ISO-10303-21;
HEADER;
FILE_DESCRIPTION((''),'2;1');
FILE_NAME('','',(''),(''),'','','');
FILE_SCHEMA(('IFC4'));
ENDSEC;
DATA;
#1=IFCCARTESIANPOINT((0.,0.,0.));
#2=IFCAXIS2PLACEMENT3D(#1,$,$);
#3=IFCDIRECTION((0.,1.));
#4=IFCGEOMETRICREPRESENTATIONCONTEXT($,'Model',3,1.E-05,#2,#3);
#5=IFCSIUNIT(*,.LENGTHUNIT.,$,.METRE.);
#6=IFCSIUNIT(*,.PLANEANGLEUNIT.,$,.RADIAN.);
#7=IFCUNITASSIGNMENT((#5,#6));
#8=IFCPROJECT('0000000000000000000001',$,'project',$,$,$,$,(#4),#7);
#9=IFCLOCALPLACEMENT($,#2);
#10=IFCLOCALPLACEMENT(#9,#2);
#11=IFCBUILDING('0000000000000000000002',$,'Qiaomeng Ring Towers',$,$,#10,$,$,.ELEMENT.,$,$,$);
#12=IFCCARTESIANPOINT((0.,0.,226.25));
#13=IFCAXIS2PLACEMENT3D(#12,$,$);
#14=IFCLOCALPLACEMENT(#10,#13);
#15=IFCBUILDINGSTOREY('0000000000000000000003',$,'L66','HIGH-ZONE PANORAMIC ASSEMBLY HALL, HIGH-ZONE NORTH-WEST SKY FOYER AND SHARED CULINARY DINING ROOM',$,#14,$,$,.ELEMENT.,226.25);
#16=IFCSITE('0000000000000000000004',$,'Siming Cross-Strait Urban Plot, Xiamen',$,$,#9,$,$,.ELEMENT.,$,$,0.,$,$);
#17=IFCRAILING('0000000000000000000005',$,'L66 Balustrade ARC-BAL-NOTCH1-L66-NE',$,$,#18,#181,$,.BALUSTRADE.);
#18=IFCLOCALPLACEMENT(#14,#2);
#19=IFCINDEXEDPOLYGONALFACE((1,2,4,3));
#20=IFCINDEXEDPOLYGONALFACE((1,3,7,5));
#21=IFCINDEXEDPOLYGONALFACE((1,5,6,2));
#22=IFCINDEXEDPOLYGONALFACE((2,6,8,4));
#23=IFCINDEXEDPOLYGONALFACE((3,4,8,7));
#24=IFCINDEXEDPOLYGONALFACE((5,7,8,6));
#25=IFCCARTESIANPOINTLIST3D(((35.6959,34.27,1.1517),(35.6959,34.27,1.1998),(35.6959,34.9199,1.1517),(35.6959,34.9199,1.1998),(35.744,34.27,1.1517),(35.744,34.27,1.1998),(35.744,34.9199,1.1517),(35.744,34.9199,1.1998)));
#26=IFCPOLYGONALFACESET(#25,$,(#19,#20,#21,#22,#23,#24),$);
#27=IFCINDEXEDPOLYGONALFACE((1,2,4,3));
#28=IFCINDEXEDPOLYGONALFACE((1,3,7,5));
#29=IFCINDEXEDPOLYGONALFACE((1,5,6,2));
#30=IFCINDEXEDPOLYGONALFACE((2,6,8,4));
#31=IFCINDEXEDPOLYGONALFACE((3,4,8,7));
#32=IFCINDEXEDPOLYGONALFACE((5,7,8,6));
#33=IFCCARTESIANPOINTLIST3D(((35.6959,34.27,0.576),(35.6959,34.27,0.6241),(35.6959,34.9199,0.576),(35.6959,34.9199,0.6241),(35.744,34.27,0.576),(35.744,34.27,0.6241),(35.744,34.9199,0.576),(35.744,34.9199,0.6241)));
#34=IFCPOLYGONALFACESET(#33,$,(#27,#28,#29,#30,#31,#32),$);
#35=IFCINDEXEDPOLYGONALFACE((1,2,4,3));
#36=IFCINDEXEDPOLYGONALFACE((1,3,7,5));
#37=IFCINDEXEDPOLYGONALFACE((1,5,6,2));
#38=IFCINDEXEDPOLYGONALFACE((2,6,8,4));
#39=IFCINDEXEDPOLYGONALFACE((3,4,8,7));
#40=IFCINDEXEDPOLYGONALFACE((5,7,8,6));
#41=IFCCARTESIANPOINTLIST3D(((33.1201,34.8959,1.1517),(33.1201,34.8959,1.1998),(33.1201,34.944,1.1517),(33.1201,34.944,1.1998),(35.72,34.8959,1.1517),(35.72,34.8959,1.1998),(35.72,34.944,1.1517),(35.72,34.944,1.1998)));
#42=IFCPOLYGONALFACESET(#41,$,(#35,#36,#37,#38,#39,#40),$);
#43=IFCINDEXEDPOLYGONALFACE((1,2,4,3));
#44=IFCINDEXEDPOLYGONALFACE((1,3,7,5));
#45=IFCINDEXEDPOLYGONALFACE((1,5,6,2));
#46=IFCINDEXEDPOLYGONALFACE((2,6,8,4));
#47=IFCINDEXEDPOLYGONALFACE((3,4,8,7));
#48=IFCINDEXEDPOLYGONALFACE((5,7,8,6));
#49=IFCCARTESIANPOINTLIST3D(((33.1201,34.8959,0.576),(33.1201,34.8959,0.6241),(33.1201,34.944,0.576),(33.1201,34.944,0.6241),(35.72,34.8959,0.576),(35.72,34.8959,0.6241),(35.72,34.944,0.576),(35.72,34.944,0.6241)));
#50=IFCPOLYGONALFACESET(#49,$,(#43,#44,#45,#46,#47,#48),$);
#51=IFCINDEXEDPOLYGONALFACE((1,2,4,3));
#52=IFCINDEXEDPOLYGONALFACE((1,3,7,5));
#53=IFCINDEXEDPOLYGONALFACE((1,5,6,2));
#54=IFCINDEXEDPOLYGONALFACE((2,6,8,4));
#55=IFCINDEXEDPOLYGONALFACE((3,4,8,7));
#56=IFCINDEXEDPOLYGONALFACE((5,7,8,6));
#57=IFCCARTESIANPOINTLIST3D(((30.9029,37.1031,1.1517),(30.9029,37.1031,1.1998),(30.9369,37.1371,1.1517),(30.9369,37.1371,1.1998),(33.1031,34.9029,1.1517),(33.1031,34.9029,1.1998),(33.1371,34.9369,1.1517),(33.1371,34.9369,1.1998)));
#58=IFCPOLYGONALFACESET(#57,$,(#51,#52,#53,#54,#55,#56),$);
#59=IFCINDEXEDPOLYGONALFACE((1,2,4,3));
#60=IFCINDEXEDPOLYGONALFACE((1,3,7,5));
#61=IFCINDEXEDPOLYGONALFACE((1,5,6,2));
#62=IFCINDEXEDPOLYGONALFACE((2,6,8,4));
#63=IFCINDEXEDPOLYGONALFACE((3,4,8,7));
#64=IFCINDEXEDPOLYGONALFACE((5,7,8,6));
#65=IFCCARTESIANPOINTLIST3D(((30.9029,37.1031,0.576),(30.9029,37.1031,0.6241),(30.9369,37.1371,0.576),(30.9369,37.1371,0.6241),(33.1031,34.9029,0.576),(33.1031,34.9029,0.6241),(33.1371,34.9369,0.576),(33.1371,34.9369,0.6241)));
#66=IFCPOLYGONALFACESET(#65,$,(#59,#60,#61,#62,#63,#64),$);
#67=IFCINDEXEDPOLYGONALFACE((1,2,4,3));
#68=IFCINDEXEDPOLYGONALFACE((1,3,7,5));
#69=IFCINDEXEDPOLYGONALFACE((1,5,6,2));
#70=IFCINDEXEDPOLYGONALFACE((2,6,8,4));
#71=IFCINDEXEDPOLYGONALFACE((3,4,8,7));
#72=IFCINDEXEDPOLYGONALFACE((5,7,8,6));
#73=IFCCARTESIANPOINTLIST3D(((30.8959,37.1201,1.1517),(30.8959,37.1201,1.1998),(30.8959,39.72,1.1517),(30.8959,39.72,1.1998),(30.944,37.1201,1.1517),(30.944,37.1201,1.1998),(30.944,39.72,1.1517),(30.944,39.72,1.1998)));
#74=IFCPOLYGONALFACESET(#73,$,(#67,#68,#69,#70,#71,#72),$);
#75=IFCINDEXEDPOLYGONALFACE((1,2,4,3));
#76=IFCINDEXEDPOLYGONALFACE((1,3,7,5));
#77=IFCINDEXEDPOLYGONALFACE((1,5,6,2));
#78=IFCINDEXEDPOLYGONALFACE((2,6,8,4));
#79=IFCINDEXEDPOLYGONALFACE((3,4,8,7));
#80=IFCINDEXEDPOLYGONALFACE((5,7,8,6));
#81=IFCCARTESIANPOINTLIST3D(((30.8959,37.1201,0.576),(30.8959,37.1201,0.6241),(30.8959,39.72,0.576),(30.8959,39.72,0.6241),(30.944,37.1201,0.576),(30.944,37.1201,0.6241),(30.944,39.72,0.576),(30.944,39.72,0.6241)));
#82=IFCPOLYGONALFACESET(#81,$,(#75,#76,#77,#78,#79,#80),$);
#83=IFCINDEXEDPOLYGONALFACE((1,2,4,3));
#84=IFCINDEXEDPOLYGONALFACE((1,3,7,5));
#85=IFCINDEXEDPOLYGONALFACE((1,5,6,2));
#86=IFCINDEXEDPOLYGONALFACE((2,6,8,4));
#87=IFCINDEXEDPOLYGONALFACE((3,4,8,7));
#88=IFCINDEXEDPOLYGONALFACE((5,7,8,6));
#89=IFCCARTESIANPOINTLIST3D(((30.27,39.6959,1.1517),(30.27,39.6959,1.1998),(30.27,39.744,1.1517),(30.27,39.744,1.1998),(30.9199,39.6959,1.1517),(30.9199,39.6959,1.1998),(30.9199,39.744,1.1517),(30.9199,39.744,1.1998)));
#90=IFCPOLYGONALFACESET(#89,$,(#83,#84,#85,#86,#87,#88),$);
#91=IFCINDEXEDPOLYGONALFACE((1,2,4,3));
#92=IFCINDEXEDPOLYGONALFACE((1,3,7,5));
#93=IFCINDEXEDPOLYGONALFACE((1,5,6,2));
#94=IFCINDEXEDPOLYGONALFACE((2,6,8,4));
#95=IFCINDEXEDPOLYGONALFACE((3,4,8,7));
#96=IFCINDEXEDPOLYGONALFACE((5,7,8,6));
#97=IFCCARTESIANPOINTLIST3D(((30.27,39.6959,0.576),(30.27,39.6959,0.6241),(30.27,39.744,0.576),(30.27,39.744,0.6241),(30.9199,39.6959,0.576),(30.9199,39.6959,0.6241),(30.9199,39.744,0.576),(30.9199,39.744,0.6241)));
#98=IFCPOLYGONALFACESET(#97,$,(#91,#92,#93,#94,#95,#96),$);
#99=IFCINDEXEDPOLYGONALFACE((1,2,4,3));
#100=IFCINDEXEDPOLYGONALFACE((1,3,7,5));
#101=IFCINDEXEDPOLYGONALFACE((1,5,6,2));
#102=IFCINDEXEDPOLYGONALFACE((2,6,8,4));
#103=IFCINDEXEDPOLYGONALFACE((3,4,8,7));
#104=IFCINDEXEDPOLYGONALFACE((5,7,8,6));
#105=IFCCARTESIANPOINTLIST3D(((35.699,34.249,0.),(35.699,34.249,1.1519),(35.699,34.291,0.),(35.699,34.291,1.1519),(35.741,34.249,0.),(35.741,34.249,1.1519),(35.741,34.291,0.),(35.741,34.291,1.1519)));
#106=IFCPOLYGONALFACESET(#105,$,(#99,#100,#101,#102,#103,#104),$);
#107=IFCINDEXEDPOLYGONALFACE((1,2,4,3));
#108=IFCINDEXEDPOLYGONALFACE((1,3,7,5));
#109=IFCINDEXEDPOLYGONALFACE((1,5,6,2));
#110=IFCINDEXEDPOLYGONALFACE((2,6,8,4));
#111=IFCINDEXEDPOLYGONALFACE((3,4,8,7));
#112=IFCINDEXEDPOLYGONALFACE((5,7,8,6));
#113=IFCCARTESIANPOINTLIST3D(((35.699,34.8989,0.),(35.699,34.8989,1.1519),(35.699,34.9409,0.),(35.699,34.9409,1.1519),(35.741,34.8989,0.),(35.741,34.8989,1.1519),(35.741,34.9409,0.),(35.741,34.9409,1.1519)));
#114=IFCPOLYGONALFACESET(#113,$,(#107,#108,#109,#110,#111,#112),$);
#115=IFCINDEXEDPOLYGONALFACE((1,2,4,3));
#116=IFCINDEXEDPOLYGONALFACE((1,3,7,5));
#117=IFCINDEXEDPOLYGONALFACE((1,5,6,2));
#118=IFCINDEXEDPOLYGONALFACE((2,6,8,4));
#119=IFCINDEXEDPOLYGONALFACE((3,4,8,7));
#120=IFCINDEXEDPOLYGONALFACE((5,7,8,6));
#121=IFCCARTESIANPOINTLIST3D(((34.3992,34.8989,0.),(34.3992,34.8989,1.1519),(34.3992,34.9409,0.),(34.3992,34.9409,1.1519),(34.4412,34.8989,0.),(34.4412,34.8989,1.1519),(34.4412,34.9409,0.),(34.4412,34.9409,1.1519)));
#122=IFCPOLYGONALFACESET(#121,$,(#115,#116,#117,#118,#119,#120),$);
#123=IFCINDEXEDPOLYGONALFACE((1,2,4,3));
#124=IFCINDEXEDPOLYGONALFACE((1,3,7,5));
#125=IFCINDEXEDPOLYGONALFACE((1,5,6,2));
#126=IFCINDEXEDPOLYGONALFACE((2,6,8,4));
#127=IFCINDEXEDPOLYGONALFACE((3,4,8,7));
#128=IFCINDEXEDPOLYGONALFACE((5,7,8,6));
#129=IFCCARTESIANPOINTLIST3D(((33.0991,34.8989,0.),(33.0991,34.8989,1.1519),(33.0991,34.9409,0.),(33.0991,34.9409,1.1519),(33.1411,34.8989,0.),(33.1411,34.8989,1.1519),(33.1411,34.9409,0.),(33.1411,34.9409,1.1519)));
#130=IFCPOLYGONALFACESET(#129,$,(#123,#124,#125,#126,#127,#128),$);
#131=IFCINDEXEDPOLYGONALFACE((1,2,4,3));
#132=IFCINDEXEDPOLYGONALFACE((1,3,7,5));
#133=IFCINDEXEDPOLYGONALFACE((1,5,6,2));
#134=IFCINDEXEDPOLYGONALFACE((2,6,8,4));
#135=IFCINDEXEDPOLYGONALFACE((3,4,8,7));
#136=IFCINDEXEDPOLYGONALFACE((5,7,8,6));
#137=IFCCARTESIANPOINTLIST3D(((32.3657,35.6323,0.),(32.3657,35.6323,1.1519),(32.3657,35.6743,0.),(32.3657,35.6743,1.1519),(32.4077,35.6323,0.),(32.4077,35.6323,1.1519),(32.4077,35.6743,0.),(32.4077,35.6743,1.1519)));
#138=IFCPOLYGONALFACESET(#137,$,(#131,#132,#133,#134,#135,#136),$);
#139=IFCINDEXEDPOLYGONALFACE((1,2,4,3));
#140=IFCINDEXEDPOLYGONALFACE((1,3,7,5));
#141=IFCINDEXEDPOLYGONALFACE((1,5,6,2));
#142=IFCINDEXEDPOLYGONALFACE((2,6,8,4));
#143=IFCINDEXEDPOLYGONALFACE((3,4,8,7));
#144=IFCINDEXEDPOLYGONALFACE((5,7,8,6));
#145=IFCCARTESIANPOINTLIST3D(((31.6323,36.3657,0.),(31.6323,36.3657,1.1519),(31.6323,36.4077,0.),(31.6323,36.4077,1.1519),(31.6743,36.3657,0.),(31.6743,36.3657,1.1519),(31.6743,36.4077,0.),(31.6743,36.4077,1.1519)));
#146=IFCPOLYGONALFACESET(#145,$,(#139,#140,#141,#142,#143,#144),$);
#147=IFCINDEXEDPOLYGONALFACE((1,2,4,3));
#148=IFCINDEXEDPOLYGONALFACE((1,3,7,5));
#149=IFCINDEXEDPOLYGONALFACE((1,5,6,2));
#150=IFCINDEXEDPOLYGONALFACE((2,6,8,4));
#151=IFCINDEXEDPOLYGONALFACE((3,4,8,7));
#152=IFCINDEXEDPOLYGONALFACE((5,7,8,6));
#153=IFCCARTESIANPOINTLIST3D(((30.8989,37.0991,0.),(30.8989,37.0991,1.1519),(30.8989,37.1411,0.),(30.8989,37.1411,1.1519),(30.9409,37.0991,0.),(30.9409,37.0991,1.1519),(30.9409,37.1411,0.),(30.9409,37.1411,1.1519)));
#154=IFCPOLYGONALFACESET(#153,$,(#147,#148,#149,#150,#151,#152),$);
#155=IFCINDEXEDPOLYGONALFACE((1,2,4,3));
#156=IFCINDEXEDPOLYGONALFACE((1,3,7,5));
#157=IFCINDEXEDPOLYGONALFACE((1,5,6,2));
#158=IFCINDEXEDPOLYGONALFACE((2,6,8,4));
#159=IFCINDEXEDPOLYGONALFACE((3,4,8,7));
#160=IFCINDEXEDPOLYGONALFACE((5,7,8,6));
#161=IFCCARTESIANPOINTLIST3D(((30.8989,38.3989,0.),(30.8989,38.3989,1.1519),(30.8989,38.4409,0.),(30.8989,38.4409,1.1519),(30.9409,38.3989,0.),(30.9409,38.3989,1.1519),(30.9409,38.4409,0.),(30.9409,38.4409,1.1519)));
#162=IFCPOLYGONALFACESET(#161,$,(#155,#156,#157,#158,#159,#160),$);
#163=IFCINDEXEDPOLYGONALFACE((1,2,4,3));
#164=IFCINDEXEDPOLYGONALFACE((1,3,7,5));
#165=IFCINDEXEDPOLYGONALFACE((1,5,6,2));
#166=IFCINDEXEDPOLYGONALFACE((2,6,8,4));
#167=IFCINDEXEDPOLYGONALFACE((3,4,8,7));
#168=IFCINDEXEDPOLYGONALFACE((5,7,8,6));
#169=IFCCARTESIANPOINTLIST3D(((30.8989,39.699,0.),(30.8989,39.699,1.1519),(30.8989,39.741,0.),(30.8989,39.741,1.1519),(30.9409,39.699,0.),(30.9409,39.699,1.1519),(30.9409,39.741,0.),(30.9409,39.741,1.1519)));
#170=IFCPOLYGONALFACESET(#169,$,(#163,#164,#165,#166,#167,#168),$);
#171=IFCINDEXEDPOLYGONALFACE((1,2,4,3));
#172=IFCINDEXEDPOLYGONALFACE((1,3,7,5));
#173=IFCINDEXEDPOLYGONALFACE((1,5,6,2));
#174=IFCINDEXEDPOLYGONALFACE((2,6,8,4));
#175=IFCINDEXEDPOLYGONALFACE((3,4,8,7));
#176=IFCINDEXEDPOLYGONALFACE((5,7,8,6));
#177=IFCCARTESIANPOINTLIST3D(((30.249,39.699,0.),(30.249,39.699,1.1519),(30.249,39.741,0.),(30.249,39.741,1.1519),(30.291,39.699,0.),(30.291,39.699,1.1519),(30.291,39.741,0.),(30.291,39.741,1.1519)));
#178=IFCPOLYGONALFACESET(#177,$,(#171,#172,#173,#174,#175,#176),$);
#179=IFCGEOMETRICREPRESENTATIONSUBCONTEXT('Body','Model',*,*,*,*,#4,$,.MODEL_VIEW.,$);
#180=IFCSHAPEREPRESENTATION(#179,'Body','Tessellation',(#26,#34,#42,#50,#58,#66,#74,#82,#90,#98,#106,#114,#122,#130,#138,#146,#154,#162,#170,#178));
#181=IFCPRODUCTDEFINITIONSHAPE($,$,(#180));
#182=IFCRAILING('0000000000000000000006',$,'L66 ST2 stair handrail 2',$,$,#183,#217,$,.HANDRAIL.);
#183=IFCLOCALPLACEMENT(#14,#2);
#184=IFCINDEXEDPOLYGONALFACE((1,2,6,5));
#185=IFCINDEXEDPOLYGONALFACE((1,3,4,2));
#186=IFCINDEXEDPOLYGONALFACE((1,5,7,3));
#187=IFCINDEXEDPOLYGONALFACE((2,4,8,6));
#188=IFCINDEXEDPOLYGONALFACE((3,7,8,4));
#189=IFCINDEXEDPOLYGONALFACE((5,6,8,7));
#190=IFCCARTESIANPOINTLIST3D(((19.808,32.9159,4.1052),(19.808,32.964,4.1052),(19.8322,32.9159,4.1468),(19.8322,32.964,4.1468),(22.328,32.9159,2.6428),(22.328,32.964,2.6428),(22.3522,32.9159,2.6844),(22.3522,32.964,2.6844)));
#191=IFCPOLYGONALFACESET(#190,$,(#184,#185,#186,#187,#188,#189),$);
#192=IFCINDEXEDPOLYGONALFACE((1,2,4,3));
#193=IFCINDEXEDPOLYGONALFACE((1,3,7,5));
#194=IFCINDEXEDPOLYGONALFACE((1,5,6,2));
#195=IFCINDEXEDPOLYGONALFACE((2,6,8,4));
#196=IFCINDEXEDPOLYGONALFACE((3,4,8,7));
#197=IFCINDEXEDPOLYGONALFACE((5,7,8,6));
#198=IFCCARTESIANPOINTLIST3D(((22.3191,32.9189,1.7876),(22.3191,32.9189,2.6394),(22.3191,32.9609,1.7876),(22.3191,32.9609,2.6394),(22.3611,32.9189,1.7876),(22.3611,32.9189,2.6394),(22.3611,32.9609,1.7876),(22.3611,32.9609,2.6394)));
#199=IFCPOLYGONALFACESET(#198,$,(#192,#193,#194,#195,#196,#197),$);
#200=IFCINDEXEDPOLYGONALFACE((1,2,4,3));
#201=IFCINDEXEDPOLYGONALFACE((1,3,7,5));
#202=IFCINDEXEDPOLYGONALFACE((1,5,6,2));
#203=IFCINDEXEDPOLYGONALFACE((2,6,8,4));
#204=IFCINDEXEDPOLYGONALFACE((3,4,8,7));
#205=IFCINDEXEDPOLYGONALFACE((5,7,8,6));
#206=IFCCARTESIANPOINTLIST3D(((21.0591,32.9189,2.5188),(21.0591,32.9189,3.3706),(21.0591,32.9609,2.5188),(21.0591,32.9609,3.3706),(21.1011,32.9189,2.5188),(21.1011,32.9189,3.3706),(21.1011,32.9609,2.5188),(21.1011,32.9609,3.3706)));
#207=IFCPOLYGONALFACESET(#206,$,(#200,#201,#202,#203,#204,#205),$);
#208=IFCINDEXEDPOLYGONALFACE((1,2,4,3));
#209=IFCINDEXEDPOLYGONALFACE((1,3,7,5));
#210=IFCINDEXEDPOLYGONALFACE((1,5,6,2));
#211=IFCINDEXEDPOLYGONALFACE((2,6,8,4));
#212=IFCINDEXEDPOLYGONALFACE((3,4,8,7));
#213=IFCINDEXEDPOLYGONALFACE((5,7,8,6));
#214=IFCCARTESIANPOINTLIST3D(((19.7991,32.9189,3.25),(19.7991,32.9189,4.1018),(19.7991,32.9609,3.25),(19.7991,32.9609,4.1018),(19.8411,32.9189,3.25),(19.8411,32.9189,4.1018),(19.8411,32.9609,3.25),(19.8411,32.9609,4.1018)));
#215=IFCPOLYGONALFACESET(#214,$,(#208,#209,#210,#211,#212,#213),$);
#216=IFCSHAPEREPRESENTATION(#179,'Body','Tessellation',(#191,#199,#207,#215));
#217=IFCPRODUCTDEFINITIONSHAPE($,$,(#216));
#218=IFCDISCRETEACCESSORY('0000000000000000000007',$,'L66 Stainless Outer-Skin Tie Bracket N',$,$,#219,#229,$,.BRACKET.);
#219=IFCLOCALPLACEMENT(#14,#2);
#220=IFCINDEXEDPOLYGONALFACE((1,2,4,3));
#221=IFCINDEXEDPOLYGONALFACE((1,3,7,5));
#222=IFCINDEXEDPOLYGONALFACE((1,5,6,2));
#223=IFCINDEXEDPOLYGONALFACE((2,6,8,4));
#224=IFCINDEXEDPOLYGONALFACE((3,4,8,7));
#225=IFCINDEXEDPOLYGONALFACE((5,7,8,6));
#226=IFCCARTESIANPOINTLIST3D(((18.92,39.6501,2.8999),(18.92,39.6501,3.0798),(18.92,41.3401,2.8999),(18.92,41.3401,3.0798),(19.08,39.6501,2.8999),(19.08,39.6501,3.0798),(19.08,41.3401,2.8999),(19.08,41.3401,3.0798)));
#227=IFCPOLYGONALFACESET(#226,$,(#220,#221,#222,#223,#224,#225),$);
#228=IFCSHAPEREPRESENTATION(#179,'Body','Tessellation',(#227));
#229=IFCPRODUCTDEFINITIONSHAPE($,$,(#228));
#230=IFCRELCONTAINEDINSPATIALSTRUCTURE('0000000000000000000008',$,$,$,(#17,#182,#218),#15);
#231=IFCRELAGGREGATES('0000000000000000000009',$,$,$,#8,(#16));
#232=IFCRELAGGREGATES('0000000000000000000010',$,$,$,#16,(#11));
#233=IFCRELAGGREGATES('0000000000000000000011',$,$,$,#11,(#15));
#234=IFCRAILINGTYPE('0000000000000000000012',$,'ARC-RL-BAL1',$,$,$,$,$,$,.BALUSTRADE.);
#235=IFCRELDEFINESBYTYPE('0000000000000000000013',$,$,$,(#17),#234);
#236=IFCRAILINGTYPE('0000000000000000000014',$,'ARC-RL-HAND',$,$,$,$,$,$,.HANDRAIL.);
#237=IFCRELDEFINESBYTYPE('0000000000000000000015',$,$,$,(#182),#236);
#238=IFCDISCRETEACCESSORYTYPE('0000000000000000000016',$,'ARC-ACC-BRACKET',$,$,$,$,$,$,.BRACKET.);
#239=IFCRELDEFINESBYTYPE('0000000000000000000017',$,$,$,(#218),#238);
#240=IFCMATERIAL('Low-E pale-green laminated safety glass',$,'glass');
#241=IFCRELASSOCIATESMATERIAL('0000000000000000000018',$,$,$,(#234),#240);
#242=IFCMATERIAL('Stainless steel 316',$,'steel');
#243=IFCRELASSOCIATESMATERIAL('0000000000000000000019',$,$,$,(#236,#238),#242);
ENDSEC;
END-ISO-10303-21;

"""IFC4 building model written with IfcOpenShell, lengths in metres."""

from ifc_helpers import new_model, si_unit, direction, frame, origin, origin_2d, place, context, subcontext, project, spatial, rectangle, extrude, source, transform, mapped, material, type_object, element, save


model = new_model("IFC4")

# Units and contexts
model_context = context("Model", 3, precision=1e-05, world=origin(), true_north=direction((0.0, 1.0)))
body_context = subcontext(model_context, "Body", "Model", "MODEL_VIEW")
ifc_project = project(units=[si_unit("LENGTHUNIT", "METRE"), si_unit("PLANEANGLEUNIT", "RADIAN")], contexts=[model_context])

# Site, building, storey
site_placement = place(None, origin())
site = spatial("IfcSite", under=ifc_project, at=site_placement, Name="Siming Cross-Strait Urban Plot, Xiamen", CompositionType="ELEMENT", RefElevation=0.0)
building_placement = place(site_placement, origin())
building = spatial("IfcBuilding", under=site, at=building_placement, Name="Qiaomeng Ring Towers", CompositionType="ELEMENT")
storey_placement = place(building_placement, frame((0.0, 0.0, 226.25)))
storey = spatial("IfcBuildingStorey", under=building, at=storey_placement, Name="L66", Description="HIGH-ZONE PANORAMIC ASSEMBLY HALL, HIGH-ZONE NORTH-WEST SKY FOYER AND SHARED CULINARY DINING ROOM", CompositionType="ELEMENT", Elevation=226.25)

# Railings
ifc_material_1 = material(Name="Low-E pale-green laminated safety glass", Category="glass")
railing_type_1 = type_object("IfcRailingType", Name="ARC-RL-BAL1", PredefinedType="BALUSTRADE", material=ifc_material_1)
railing_1_placement = place(storey_placement, frame((35.72, 34.27, 0.0)))
element("IfcRailing", 1, at=railing_1_placement, inside=storey, type_object=railing_type_1, Name="L66 Balustrade ARC-BAL-NOTCH1-L66-NE", PredefinedType="BALUSTRADE", context=body_context, shape_type="SweptSolid", body=[
    extrude(rectangle(XDim=0.0481, YDim=0.0481, at=origin_2d()), frame((0.0, 0.0, 1.1758), z_axis=(0.0, 1.0, 0.0), x_axis=(-1.0, 0.0, 0.0)), (0.0, 0.0, 1.0), 0.6499),
    extrude(rectangle(XDim=0.0481, YDim=0.0481, at=origin_2d()), frame((0.0, 0.0, 0.6001), z_axis=(0.0, 1.0, 0.0), x_axis=(-1.0, 0.0, 0.0)), (0.0, 0.0, 1.0), 0.6499),
    extrude(rectangle(XDim=0.0481, YDim=0.0481, at=origin_2d()), frame((0.0, 0.6499, 1.1758), z_axis=(-1.0, 0.0, 0.0), x_axis=(0.0, -1.0, 0.0)), (0.0, 0.0, 1.0), 2.5999),
    extrude(rectangle(XDim=0.0481, YDim=0.0481, at=origin_2d()), frame((0.0, 0.6499, 0.6001), z_axis=(-1.0, 0.0, 0.0), x_axis=(0.0, -1.0, 0.0)), (0.0, 0.0, 1.0), 2.5999),
    extrude(rectangle(XDim=0.0481, YDim=0.0481, at=origin_2d()), frame((-2.5999, 0.6499, 1.1758), z_axis=(-0.707107, 0.707107, 0.0), x_axis=(-0.707107, -0.707107, 0.0)), (0.0, 0.0, 1.0), 3.1116),
    extrude(rectangle(XDim=0.0481, YDim=0.0481, at=origin_2d()), frame((-2.5999, 0.6499, 0.6001), z_axis=(-0.707107, 0.707107, 0.0), x_axis=(-0.707107, -0.707107, 0.0)), (0.0, 0.0, 1.0), 3.1116),
    extrude(rectangle(XDim=0.0481, YDim=0.0481, at=origin_2d()), frame((-4.8, 2.8501, 1.1758), z_axis=(0.0, 1.0, 0.0), x_axis=(-1.0, 0.0, 0.0)), (0.0, 0.0, 1.0), 2.5999),
    extrude(rectangle(XDim=0.0481, YDim=0.0481, at=origin_2d()), frame((-4.8, 2.8501, 0.6001), z_axis=(0.0, 1.0, 0.0), x_axis=(-1.0, 0.0, 0.0)), (0.0, 0.0, 1.0), 2.5999),
    extrude(rectangle(XDim=0.0481, YDim=0.0481, at=origin_2d()), frame((-4.8, 5.45, 1.1758), z_axis=(-1.0, 0.0, 0.0), x_axis=(0.0, -1.0, 0.0)), (0.0, 0.0, 1.0), 0.6499),
    extrude(rectangle(XDim=0.0481, YDim=0.0481, at=origin_2d()), frame((-4.8, 5.45, 0.6001), z_axis=(-1.0, 0.0, 0.0), x_axis=(0.0, -1.0, 0.0)), (0.0, 0.0, 1.0), 0.6499),
    extrude(rectangle(XDim=0.042, YDim=0.042, at=origin_2d()), origin(), (0.0, 0.0, 1.0), 1.1519),
    extrude(rectangle(XDim=0.042, YDim=0.042, at=origin_2d()), frame((0.0, 0.6499, 0.0)), (0.0, 0.0, 1.0), 1.1519),
    extrude(rectangle(XDim=0.042, YDim=0.042, at=origin_2d()), frame((-1.2998, 0.6499, 0.0)), (0.0, 0.0, 1.0), 1.1519),
    extrude(rectangle(XDim=0.042, YDim=0.042, at=origin_2d()), frame((-2.5999, 0.6499, 0.0)), (0.0, 0.0, 1.0), 1.1519),
    extrude(rectangle(XDim=0.042, YDim=0.042, at=origin_2d()), frame((-3.3333, 1.3833, 0.0)), (0.0, 0.0, 1.0), 1.1519),
    extrude(rectangle(XDim=0.042, YDim=0.042, at=origin_2d()), frame((-4.0667, 2.1167, 0.0)), (0.0, 0.0, 1.0), 1.1519),
    extrude(rectangle(XDim=0.042, YDim=0.042, at=origin_2d()), frame((-4.8, 2.8501, 0.0)), (0.0, 0.0, 1.0), 1.1519),
    extrude(rectangle(XDim=0.042, YDim=0.042, at=origin_2d()), frame((-4.8, 4.1499, 0.0)), (0.0, 0.0, 1.0), 1.1519),
    extrude(rectangle(XDim=0.042, YDim=0.042, at=origin_2d()), frame((-4.8, 5.45, 0.0)), (0.0, 0.0, 1.0), 1.1519),
    extrude(rectangle(XDim=0.042, YDim=0.042, at=origin_2d()), frame((-5.45, 5.45, 0.0)), (0.0, 0.0, 1.0), 1.1519),
])
ifc_material_2 = material(Name="Stainless steel 316", Category="steel")
railing_type_2 = type_object("IfcRailingType", Name="ARC-RL-HAND", PredefinedType="HANDRAIL", material=ifc_material_2)
railing_2_placement = place(storey_placement, frame((22.3401, 32.9399, 1.7876)))
element("IfcRailing", 2, at=railing_2_placement, inside=storey, type_object=railing_type_2, Name="L66 ST2 stair handrail 2", PredefinedType="HANDRAIL", context=body_context, shape_type="SweptSolid", body=[
    extrude(rectangle(XDim=0.0481, YDim=0.0481, at=origin_2d()), frame((0.0, 0.0, 0.876), z_axis=(-0.864913, 0.0, 0.501921), x_axis=(0.0, -1.0, 0.0)), (0.0, 0.0, 1.0), 2.9136),
    extrude(rectangle(XDim=0.042, YDim=0.042, at=origin_2d()), origin(), (0.0, 0.0, 1.0), 0.8518),
    extrude(rectangle(XDim=0.042, YDim=0.042, at=origin_2d()), frame((-1.26, 0.0, 0.7312)), (0.0, 0.0, 1.0), 0.8518),
    extrude(rectangle(XDim=0.042, YDim=0.042, at=origin_2d()), frame((-2.52, 0.0, 1.4624)), (0.0, 0.0, 1.0), 0.8518),
])

# Discrete accessory
discrete_accessory_type = type_object("IfcDiscreteAccessoryType", Name="ARC-ACC-BRACKET", PredefinedType="BRACKET", material=ifc_material_2)
shared_shape_1 = source(origin(), body_context, "Body", "SweptSolid", [
    extrude(rectangle(XDim=0.1599, YDim=1.6899, at=origin_2d()), origin(), (0.0, 0.0, 1.0), 0.1799),
])
discrete_accessory_placement = place(storey_placement, frame((19.0, 40.4951, 2.8999), z_axis=(0.0, 0.0, 1.0), x_axis=(1.0, 0.0, 0.0)))
element("IfcDiscreteAccessory", 3, at=discrete_accessory_placement, inside=storey, type_object=discrete_accessory_type, Name="L66 Stainless Outer-Skin Tie Bracket N", PredefinedType="BRACKET", context=body_context, shape_type="MappedRepresentation", body=[
    mapped(shared_shape_1, transform((0.0, 0.0, 0.0), x_axis=(1.0, 0.0, 0.0), y_axis=(0.0, 1.0, 0.0), z_axis=(0.0, 0.0, 1.0), scale=1.0)),
])

save(model, "model.ifc")
